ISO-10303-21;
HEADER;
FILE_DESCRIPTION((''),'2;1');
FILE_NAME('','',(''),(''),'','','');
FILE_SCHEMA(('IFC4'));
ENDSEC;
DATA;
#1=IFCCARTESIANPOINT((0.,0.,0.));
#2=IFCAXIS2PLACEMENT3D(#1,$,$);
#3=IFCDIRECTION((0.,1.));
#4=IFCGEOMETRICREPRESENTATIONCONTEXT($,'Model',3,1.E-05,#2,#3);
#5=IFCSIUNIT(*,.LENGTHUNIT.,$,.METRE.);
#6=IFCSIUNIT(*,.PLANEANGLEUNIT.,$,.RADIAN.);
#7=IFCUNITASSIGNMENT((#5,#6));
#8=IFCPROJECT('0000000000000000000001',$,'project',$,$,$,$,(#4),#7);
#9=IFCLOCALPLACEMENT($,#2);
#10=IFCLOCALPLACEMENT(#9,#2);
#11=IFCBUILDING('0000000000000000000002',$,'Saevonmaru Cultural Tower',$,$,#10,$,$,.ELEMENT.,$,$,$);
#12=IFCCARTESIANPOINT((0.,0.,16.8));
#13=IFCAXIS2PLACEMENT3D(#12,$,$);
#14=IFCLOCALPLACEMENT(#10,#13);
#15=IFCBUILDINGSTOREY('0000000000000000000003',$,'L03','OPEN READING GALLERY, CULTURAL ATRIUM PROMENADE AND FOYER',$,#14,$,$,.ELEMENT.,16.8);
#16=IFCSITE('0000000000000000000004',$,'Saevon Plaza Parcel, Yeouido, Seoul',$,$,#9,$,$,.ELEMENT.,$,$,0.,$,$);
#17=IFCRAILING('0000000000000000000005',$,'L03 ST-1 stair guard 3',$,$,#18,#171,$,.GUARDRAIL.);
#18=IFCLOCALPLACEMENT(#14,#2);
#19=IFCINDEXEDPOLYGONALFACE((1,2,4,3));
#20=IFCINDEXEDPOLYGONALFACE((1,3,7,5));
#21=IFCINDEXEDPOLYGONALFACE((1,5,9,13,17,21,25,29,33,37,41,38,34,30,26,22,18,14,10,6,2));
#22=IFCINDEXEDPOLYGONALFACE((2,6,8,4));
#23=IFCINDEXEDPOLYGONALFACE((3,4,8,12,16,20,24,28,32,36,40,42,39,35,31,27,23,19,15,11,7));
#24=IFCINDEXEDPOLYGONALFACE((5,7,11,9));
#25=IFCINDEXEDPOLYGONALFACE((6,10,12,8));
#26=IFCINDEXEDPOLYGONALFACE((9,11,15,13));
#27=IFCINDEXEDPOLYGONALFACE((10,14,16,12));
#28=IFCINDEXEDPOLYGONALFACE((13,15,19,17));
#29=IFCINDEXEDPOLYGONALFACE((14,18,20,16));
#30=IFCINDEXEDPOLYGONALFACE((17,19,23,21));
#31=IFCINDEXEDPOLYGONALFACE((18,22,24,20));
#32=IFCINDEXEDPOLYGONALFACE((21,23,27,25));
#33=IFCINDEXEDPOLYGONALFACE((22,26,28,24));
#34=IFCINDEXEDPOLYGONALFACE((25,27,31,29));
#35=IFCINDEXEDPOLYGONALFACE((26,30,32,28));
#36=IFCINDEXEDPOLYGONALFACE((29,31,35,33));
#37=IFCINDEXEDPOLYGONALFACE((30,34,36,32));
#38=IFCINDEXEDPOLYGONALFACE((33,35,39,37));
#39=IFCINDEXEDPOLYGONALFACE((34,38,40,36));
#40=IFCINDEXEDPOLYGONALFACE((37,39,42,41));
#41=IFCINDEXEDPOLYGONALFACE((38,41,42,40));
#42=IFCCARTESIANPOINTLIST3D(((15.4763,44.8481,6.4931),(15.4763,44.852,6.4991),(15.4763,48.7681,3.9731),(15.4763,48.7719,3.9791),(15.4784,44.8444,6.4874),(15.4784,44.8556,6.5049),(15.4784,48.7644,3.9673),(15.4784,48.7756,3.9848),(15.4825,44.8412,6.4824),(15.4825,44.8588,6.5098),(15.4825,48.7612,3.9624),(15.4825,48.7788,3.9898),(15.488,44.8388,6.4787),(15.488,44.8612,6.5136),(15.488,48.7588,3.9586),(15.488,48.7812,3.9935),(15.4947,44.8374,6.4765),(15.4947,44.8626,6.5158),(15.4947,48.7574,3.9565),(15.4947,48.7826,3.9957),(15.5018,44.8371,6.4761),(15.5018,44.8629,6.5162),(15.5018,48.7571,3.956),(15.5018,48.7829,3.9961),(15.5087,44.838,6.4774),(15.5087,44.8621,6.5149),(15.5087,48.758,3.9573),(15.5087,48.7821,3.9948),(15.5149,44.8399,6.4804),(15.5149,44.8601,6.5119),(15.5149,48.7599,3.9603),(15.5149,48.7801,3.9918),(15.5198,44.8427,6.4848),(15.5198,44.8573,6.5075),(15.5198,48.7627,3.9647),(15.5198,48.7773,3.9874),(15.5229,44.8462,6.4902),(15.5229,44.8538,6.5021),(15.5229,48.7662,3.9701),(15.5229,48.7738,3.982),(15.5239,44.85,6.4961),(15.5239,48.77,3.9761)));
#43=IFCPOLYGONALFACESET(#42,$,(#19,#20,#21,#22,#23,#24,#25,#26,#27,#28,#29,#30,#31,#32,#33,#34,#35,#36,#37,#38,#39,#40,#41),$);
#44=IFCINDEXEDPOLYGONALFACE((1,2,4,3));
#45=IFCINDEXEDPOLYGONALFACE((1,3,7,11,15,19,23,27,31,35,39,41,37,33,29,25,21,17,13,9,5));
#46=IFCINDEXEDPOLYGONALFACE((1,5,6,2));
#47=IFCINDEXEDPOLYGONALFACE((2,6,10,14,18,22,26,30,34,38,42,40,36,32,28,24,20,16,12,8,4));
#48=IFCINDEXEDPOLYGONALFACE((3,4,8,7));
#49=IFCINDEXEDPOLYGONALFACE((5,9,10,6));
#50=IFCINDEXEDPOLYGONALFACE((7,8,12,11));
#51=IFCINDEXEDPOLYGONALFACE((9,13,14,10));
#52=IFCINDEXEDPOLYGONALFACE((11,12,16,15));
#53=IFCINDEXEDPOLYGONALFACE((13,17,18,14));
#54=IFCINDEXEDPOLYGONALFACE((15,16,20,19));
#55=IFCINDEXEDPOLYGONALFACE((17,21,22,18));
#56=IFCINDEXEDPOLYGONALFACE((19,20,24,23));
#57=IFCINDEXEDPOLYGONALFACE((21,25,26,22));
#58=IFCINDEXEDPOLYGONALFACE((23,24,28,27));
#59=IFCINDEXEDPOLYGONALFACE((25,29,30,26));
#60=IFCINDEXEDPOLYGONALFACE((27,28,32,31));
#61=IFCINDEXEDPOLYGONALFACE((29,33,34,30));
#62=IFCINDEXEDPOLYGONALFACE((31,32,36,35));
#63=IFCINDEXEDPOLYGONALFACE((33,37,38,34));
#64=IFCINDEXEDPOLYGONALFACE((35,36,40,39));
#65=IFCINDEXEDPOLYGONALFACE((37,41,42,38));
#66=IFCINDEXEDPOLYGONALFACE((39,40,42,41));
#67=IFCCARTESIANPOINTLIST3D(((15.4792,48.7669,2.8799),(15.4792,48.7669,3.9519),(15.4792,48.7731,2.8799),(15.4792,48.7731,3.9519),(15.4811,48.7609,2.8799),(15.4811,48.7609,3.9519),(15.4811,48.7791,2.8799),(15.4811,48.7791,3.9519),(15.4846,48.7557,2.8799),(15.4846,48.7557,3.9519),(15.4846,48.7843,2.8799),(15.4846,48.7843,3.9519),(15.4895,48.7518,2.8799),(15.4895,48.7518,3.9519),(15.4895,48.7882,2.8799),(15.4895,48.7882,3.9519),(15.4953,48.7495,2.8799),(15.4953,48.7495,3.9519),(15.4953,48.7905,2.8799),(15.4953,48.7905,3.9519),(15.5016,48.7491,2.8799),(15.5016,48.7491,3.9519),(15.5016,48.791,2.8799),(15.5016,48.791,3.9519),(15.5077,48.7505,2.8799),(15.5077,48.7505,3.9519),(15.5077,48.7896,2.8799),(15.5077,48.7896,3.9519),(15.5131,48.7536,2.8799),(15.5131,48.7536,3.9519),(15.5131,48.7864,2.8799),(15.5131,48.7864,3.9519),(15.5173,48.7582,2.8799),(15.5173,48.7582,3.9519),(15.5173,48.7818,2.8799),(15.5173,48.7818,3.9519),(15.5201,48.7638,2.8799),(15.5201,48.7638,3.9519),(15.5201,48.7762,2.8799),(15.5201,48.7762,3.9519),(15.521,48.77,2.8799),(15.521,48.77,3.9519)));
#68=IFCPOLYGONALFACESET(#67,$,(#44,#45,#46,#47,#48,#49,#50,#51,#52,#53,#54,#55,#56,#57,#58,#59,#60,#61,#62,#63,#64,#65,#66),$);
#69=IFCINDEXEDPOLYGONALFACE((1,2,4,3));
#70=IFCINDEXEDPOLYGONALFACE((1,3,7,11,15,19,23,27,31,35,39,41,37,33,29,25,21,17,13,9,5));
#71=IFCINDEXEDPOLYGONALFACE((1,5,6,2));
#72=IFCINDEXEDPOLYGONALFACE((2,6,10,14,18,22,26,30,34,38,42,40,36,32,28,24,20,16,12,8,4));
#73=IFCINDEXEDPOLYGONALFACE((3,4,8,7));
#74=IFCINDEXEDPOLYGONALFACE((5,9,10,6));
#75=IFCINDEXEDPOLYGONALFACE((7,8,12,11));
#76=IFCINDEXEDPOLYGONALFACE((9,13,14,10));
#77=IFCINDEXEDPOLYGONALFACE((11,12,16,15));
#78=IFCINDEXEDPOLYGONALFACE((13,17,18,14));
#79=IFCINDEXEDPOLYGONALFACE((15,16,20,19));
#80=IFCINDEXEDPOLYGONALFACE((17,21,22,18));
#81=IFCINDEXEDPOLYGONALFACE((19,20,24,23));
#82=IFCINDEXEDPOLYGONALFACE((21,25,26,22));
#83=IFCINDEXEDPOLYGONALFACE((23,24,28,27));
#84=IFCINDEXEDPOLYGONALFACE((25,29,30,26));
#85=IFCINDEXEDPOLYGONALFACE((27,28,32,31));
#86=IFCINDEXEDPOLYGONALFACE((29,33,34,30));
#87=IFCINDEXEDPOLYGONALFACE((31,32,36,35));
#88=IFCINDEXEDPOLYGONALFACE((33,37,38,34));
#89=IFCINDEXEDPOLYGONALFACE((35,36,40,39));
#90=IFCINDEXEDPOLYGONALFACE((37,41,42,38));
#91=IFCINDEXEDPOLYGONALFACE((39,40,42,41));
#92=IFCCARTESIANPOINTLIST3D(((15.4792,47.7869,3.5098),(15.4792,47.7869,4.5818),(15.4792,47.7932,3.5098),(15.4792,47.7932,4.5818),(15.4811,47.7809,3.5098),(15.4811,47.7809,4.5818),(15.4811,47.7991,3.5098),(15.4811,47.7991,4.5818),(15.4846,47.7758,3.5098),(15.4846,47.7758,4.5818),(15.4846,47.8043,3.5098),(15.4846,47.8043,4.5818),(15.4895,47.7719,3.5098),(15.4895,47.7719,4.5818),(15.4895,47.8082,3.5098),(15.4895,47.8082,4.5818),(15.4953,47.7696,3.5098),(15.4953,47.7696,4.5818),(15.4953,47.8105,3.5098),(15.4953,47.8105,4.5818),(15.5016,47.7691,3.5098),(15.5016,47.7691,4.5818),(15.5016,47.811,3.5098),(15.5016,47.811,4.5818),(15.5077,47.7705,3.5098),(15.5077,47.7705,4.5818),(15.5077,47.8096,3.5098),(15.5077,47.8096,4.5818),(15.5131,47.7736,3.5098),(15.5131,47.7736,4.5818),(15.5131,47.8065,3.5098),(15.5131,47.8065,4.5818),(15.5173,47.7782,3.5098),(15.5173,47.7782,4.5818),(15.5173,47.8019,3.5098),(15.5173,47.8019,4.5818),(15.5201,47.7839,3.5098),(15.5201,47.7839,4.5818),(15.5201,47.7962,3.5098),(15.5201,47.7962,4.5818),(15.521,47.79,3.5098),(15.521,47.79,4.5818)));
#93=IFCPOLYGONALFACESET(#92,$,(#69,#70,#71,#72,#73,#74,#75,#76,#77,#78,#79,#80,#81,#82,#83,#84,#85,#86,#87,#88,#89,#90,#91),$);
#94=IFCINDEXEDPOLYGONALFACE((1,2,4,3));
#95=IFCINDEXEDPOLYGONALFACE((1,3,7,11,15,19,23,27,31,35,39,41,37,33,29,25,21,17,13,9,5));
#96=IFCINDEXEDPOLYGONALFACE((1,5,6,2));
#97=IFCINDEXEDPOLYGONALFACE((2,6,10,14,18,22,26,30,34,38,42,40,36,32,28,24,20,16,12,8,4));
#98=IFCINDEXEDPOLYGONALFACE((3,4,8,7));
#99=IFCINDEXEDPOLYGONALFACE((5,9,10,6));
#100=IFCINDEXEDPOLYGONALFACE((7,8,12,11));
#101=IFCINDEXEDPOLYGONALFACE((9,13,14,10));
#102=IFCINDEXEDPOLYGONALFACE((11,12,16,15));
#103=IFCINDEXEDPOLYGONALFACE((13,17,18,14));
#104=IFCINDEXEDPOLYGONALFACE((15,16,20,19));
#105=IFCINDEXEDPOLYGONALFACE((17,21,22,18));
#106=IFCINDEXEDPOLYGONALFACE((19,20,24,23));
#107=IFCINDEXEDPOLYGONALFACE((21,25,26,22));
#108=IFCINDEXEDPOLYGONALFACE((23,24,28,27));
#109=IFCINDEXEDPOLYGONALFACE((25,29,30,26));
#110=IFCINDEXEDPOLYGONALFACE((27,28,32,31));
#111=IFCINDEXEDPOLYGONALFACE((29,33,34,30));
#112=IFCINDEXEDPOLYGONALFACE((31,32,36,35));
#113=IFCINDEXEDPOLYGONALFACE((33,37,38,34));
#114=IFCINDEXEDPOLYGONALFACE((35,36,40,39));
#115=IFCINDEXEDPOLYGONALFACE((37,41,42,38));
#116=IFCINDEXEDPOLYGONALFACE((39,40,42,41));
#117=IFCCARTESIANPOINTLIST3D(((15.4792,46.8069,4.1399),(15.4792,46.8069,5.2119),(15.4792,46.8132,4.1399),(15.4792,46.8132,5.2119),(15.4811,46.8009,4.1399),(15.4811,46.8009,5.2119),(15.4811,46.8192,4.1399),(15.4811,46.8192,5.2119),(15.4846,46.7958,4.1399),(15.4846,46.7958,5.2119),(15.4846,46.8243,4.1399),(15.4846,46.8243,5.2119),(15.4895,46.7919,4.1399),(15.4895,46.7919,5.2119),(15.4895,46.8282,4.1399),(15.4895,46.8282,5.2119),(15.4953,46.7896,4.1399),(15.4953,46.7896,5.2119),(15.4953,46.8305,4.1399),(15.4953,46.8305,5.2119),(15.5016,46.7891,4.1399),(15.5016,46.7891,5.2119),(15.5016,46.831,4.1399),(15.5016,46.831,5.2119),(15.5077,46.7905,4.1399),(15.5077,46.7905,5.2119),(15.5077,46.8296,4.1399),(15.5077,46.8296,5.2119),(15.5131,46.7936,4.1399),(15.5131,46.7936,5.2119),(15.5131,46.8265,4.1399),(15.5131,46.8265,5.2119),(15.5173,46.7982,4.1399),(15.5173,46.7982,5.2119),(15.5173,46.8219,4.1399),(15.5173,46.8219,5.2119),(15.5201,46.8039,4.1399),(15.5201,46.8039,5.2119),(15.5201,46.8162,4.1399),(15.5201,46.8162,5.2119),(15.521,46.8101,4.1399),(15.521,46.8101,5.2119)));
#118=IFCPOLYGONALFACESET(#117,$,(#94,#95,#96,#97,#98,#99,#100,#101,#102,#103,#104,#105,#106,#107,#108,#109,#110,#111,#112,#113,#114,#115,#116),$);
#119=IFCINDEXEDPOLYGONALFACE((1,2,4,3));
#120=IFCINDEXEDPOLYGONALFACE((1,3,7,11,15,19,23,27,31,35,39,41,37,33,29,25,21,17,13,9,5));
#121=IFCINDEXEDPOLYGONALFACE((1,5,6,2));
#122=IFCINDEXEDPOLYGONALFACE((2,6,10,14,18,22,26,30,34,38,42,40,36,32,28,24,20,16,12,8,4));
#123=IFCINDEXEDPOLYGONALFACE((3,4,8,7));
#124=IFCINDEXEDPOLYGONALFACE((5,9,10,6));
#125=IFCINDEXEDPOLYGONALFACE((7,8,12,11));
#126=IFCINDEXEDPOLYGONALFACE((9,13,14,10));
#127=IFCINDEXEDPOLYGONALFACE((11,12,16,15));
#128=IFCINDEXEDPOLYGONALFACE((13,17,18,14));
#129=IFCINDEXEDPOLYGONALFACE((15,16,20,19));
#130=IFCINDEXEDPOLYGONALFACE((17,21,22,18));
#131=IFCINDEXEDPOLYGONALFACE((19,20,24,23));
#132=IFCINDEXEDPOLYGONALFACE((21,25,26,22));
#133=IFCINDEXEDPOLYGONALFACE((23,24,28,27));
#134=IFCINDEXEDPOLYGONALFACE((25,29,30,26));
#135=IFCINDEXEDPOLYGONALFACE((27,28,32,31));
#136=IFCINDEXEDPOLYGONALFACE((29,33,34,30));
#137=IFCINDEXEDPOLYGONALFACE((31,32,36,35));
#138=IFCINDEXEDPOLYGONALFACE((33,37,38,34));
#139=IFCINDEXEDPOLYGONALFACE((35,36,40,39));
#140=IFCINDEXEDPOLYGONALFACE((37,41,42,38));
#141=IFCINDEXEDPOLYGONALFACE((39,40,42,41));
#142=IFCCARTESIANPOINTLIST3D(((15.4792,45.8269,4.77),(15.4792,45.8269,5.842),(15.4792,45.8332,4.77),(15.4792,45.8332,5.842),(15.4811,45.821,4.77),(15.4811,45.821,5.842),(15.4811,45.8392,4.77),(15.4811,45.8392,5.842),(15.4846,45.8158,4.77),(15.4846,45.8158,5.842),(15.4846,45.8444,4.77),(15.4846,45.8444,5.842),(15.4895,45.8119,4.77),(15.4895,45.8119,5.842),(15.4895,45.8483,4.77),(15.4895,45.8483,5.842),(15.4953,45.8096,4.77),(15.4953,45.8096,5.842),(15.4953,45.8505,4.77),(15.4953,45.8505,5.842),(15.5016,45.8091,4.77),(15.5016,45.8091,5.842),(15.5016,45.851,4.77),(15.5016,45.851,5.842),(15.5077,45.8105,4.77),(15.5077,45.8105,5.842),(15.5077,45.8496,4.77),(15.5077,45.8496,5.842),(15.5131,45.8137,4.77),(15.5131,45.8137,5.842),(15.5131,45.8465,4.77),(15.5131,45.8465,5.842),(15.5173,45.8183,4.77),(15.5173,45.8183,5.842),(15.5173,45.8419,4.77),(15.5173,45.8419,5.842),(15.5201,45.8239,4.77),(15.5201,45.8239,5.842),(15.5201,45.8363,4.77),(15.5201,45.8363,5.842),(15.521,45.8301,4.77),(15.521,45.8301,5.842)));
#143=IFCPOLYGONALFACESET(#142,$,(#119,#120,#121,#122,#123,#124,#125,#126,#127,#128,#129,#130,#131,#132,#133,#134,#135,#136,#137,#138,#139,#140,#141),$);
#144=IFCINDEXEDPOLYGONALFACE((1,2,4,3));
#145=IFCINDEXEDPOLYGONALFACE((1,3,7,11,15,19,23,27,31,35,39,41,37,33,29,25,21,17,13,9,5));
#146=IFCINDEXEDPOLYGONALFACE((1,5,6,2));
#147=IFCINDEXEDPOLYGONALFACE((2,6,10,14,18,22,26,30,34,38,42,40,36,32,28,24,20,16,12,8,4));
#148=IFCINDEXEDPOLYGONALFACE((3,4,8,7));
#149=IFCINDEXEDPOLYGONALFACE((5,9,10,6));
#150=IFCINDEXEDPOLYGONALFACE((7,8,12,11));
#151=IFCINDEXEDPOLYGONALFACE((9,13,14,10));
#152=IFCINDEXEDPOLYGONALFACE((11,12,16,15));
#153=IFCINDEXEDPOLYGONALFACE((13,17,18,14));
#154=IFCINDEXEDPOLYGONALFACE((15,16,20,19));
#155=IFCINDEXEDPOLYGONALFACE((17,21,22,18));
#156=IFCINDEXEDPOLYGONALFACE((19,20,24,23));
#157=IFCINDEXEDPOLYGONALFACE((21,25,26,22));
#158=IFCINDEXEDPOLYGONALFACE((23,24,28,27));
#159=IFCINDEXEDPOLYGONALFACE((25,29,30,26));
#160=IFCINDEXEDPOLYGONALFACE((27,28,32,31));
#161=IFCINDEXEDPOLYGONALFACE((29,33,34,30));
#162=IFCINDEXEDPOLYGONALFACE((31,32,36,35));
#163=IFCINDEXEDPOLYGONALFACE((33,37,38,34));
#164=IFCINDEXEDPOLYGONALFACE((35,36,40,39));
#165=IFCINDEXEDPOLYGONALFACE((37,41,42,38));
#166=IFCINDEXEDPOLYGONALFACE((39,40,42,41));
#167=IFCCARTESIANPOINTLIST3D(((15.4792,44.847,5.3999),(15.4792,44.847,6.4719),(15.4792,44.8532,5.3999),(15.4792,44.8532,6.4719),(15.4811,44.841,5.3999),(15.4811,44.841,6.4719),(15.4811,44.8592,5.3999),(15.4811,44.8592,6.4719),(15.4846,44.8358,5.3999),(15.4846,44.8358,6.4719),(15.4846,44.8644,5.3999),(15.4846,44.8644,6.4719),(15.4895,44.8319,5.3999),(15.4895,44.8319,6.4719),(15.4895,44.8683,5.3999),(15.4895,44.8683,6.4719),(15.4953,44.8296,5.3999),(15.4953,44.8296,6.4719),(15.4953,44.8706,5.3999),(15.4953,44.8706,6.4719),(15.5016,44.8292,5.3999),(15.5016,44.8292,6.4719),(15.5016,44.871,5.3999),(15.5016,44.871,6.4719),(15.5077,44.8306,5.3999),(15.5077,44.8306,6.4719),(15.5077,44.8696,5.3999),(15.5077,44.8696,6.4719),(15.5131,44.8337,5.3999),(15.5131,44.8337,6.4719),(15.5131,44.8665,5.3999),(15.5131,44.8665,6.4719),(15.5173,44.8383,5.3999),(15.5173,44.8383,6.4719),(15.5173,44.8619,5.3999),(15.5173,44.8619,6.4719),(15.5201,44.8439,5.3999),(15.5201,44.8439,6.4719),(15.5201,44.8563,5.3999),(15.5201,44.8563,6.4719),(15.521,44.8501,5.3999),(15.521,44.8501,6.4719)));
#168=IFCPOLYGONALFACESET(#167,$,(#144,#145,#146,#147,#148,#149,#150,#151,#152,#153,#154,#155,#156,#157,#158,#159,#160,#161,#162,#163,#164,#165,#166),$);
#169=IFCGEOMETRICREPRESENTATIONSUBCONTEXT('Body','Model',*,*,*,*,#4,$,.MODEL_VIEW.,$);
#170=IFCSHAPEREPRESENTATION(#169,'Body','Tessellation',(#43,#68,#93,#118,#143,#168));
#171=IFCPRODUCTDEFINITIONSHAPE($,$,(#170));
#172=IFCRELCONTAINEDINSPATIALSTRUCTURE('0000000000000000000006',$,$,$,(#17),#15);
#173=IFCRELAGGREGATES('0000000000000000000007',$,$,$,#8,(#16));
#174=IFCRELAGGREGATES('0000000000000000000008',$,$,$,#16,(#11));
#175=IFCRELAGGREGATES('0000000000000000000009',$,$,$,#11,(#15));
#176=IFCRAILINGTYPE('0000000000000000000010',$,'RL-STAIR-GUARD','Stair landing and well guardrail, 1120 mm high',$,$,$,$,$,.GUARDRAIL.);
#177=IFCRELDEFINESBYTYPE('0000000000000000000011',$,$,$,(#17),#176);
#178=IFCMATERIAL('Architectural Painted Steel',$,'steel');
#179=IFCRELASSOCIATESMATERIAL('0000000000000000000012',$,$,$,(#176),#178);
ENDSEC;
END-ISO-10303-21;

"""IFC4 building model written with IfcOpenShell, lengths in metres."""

from ifc_helpers import new_model, si_unit, direction, frame, origin, origin_2d, place, context, subcontext, project, spatial, circle, extrude, material, type_object, element, save


model = new_model("IFC4")

# Units and contexts
model_context = context("Model", 3, precision=1e-05, world=origin(), true_north=direction((0.0, 1.0)))
body_context = subcontext(model_context, "Body", "Model", "MODEL_VIEW")
ifc_project = project(units=[si_unit("LENGTHUNIT", "METRE"), si_unit("PLANEANGLEUNIT", "RADIAN")], contexts=[model_context])

# Site, building, storey
site_placement = place(None, origin())
site = spatial("IfcSite", under=ifc_project, at=site_placement, Name="Saevon Plaza Parcel, Yeouido, Seoul", CompositionType="ELEMENT", RefElevation=0.0)
building_placement = place(site_placement, origin())
building = spatial("IfcBuilding", under=site, at=building_placement, Name="Saevonmaru Cultural Tower", CompositionType="ELEMENT")
storey_placement = place(building_placement, frame((0.0, 0.0, 16.8)))
storey = spatial("IfcBuildingStorey", under=building, at=storey_placement, Name="L03", Description="OPEN READING GALLERY, CULTURAL ATRIUM PROMENADE AND FOYER", CompositionType="ELEMENT", Elevation=16.8)

# Railing
ifc_material_1 = material(Name="Architectural Painted Steel", Category="steel")
railing_type_1 = type_object("IfcRailingType", Name="RL-STAIR-GUARD", Description="Stair landing and well guardrail, 1120 mm high", PredefinedType="GUARDRAIL", material=ifc_material_1)
railing_1_placement = place(storey_placement, frame((15.5, 48.77, 2.8799)))
element("IfcRailing", 1, at=railing_1_placement, inside=storey, type_object=railing_type_1, Name="L03 ST-1 stair guard 3", PredefinedType="GUARDRAIL", context=body_context, shape_type="SweptSolid", body=[
    extrude(circle(Radius=0.0239, at=origin_2d()), frame((0.0, 0.0, 1.0962), z_axis=(0.0, -0.841172, 0.540768), x_axis=(1.0, 0.0, 0.0)), (0.0, 0.0, 1.0), 4.6602),
    extrude(circle(Radius=0.021, at=origin_2d()), origin(), (0.0, 0.0, 1.0), 1.072),
    extrude(circle(Radius=0.021, at=origin_2d()), frame((0.0, -0.98, 0.6299)), (0.0, 0.0, 1.0), 1.072),
    extrude(circle(Radius=0.021, at=origin_2d()), frame((0.0, -1.96, 1.26)), (0.0, 0.0, 1.0), 1.072),
    extrude(circle(Radius=0.021, at=origin_2d()), frame((0.0, -2.9399, 1.8901)), (0.0, 0.0, 1.0), 1.072),
    extrude(circle(Radius=0.021, at=origin_2d()), frame((0.0, -3.9199, 2.52)), (0.0, 0.0, 1.0), 1.072),
])

save(model, "model.ifc")
